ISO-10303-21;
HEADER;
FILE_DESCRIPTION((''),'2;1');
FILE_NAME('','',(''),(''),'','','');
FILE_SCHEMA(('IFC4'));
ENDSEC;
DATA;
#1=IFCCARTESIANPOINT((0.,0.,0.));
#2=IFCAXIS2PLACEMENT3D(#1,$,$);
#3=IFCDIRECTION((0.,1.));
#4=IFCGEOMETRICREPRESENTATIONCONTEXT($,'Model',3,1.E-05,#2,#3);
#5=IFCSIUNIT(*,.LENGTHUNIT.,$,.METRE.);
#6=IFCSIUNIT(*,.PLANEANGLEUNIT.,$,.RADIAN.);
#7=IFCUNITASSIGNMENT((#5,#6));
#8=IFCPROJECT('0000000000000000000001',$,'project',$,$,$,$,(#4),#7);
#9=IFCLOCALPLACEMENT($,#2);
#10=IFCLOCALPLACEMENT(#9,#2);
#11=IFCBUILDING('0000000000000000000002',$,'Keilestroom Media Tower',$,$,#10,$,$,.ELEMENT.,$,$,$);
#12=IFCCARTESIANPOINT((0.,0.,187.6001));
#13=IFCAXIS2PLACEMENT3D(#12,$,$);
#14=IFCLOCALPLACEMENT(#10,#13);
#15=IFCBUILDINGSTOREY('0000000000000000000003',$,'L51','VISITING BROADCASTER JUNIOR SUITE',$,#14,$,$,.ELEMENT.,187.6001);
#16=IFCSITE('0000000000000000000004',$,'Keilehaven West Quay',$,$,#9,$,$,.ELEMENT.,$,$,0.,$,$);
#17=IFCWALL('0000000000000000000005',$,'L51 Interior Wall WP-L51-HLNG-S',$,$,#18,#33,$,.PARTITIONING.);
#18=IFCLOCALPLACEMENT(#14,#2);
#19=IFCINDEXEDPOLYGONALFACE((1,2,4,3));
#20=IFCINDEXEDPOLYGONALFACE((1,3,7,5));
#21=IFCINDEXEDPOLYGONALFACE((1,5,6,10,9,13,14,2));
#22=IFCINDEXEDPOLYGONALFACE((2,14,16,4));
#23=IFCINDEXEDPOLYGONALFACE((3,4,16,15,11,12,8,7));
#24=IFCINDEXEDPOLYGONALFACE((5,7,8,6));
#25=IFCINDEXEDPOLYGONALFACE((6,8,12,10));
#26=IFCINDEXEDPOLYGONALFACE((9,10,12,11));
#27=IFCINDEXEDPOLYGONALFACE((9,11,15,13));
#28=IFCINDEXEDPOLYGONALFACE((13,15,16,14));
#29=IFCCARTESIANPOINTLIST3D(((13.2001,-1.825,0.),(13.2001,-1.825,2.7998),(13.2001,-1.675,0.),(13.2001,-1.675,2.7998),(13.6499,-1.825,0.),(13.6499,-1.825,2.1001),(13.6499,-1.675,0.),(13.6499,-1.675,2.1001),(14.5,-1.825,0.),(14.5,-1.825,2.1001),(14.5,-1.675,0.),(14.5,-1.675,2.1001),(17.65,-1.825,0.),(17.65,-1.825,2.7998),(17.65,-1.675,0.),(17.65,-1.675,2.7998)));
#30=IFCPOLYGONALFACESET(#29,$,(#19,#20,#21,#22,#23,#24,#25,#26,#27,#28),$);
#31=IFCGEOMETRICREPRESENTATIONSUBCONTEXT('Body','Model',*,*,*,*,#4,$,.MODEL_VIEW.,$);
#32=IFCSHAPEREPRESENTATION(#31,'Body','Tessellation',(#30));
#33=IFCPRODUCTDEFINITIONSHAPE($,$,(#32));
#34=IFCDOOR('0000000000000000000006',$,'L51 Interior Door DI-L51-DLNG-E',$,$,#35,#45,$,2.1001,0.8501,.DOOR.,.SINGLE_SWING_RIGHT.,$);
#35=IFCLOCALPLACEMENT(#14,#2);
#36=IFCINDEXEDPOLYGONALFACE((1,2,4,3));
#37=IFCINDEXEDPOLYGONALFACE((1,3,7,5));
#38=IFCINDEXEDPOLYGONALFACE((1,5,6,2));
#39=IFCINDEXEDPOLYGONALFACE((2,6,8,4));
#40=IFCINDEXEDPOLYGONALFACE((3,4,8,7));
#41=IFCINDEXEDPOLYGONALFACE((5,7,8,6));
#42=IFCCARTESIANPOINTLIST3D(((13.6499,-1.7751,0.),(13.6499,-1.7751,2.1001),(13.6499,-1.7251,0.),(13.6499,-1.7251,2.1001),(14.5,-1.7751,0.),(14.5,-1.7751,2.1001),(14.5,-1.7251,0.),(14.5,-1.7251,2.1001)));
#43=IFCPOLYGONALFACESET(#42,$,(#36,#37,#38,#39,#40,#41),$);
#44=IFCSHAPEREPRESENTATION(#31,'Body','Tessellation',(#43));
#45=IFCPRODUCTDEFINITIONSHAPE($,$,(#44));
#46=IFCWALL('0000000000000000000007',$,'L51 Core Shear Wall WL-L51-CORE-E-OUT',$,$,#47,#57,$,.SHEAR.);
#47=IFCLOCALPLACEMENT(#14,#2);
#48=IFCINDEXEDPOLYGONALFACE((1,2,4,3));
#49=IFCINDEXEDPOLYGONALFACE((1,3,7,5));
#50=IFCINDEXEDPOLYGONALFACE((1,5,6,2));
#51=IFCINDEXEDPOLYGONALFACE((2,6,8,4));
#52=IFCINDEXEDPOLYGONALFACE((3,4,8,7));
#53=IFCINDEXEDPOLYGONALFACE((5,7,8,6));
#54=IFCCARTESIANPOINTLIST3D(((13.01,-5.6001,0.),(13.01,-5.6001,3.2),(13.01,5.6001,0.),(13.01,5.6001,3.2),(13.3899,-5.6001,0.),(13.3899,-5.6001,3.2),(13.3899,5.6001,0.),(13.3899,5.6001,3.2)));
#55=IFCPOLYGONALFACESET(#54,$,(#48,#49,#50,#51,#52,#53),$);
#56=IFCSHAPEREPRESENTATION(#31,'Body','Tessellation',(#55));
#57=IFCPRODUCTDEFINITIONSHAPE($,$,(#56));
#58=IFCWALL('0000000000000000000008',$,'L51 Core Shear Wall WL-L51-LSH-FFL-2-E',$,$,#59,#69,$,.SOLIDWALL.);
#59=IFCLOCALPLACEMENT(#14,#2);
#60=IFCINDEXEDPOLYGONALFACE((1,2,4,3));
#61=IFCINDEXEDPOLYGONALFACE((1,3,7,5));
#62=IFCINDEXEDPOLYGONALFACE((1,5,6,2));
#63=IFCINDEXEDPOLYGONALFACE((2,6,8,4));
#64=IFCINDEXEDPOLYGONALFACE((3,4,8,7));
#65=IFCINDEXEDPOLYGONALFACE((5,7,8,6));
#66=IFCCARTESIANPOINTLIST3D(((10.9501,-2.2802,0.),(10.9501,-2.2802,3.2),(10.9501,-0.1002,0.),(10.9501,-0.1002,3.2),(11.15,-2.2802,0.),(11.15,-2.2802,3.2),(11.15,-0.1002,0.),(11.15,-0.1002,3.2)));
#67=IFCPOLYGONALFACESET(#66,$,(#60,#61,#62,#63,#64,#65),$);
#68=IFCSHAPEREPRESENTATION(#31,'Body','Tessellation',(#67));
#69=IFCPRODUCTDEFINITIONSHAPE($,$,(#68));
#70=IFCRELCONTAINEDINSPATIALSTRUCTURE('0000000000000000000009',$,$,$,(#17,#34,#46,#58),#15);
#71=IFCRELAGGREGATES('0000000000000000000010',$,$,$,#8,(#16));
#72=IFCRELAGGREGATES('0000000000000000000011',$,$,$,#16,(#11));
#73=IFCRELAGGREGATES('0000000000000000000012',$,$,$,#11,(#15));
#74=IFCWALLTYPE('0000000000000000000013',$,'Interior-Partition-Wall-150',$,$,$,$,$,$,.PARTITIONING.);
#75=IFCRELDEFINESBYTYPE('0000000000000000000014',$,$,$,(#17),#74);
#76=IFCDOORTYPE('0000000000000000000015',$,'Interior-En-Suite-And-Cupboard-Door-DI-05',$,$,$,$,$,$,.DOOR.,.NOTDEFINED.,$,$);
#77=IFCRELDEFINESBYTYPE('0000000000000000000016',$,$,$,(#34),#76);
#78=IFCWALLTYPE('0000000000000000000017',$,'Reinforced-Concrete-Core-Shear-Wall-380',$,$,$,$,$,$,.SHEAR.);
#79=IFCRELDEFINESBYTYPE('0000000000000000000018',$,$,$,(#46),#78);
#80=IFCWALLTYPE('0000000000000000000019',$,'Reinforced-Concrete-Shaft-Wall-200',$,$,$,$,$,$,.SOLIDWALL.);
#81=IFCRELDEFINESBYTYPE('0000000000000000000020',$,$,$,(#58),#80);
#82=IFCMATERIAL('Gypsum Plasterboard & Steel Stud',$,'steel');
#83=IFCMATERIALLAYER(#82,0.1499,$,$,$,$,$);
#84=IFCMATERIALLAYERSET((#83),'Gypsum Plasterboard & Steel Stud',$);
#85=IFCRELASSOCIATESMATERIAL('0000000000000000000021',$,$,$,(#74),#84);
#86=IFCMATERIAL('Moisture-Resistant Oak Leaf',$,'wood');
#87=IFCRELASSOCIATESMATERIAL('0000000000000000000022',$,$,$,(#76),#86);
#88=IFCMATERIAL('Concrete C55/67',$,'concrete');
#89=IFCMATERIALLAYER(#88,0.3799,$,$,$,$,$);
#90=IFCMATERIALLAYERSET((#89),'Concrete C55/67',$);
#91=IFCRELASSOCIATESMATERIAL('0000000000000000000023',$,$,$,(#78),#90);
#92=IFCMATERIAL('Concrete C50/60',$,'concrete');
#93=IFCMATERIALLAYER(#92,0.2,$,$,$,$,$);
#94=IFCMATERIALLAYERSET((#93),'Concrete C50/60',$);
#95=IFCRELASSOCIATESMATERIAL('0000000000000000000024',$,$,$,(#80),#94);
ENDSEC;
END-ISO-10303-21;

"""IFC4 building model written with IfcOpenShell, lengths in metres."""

from ifc_helpers import new_model, si_unit, direction, frame, frame_2d, origin, place, context, subcontext, project, spatial, rectangle, extrude, source, transform, mapped, material, layer, layer_set, type_object, element, fill, save


model = new_model("IFC4")

# Units and contexts
model_context = context("Model", 3, precision=1e-05, world=origin(), true_north=direction((0.0, 1.0)))
body_context = subcontext(model_context, "Body", "Model", "MODEL_VIEW")
ifc_project = project(units=[si_unit("LENGTHUNIT", "METRE"), si_unit("PLANEANGLEUNIT", "RADIAN")], contexts=[model_context])

# Site, building, storey
site_placement = place(None, origin())
site = spatial("IfcSite", under=ifc_project, at=site_placement, Name="Keilehaven West Quay", CompositionType="ELEMENT", RefElevation=0.0)
building_placement = place(site_placement, origin())
building = spatial("IfcBuilding", under=site, at=building_placement, Name="Keilestroom Media Tower", CompositionType="ELEMENT")
storey_placement = place(building_placement, frame((0.0, 0.0, 187.6001)))
storey = spatial("IfcBuildingStorey", under=building, at=storey_placement, Name="L51", Description="VISITING BROADCASTER JUNIOR SUITE", CompositionType="ELEMENT", Elevation=187.6001)

# Shared definitions
ifc_material_1 = material(Name="Concrete C55/67", Category="concrete")

# Shared definitions
ifc_material_2 = material(Name="Gypsum Plasterboard & Steel Stud", Category="steel")
ifc_layer_1 = layer(ifc_material_2, 0.1499)
ifc_layer_set_1 = layer_set([ifc_layer_1], Name="Gypsum Plasterboard & Steel Stud")
wall_type_1 = type_object("IfcWallType", Name="Interior-Partition-Wall-150", PredefinedType="PARTITIONING", material=ifc_layer_set_1)

# Wall, opening, door
ifc_material_3 = material(Name="Moisture-Resistant Oak Leaf", Category="wood")
door_type = type_object("IfcDoorType", Name="Interior-En-Suite-And-Cupboard-Door-DI-05", OperationType="NOTDEFINED", PredefinedType="DOOR", material=ifc_material_3)
shared_shape_1 = source(origin(), body_context, "Body", "SweptSolid", [
    extrude(rectangle(XDim=0.8501, YDim=2.1001, at=frame_2d((0.425, 1.05))), frame((0.0, 0.0249, 0.0), z_axis=(0.0, -1.0, 0.0), x_axis=(1.0, 0.0, 0.0)), (0.0, 0.0, 1.0), 0.05),
])
wall_1_placement = place(storey_placement, frame((13.2, -1.75, 0.0), z_axis=(0.0, 0.0, 1.0), x_axis=(1.0, 0.0, 0.0)))
wall_1 = element("IfcWall", 1, at=wall_1_placement, inside=storey, type_object=wall_type_1, Name="L51 Interior Wall WP-L51-HLNG-S", PredefinedType="PARTITIONING", context=body_context, shape_type="SweptSolid", body=[
    extrude(rectangle(XDim=4.45, YDim=0.1499, at=frame_2d((2.2251, 0.0))), origin(), (0.0, 0.0, 1.0), 2.7998),
])
opening_1_placement = place(wall_1_placement, frame((0.45, 0.0, 0.0)))
opening_1 = element("IfcOpeningElement", 2, at=opening_1_placement, cuts=wall_1, PredefinedType="OPENING", context=body_context, shape_type="SweptSolid", body=[
    extrude(rectangle(XDim=0.8501, YDim=2.1001, at=frame_2d((0.425, 1.05))), frame((0.0, 0.085, 0.0), z_axis=(0.0, -1.0, 0.0), x_axis=(1.0, 0.0, 0.0)), (0.0, 0.0, 1.0), 0.1699),
])
door_1_placement = place(opening_1_placement, origin())
door_1 = element("IfcDoor", 3, at=door_1_placement, inside=storey, type_object=door_type, Name="L51 Interior Door DI-L51-DLNG-E", OperationType="SINGLE_SWING_RIGHT", OverallHeight=2.1001, OverallWidth=0.8501, PredefinedType="DOOR", context=body_context, shape_type="MappedRepresentation", body=[
    mapped(shared_shape_1, transform((0.0, 0.0, 0.0), x_axis=(1.0, 0.0, 0.0), y_axis=(0.0, 1.0, 0.0), z_axis=(0.0, 0.0, 1.0), scale=1.0)),
])
fill(opening_1, door_1)

# Walls
ifc_layer_2 = layer(ifc_material_1, 0.3799)
ifc_layer_set_2 = layer_set([ifc_layer_2], Name="Concrete C55/67")
wall_type_2 = type_object("IfcWallType", Name="Reinforced-Concrete-Core-Shear-Wall-380", PredefinedType="SHEAR", material=ifc_layer_set_2)
wall_2_placement = place(storey_placement, frame((13.2, -5.6001, 0.0), z_axis=(0.0, 0.0, 1.0), x_axis=(0.0, 1.0, 0.0)))
element("IfcWall", 4, at=wall_2_placement, inside=storey, type_object=wall_type_2, Name="L51 Core Shear Wall WL-L51-CORE-E-OUT", PredefinedType="SHEAR", context=body_context, shape_type="SweptSolid", body=[
    extrude(rectangle(XDim=11.2002, YDim=0.3799, at=frame_2d((5.6001, 0.0))), origin(), (0.0, 0.0, 1.0), 3.2),
])
ifc_material_4 = material(Name="Concrete C50/60", Category="concrete")
ifc_layer_3 = layer(ifc_material_4, 0.2)
ifc_layer_set_3 = layer_set([ifc_layer_3], Name="Concrete C50/60")
wall_type_3 = type_object("IfcWallType", Name="Reinforced-Concrete-Shaft-Wall-200", PredefinedType="SOLIDWALL", material=ifc_layer_set_3)
wall_3_placement = place(storey_placement, frame((11.05, -2.28, 0.0), z_axis=(0.0, 0.0, 1.0), x_axis=(0.0, 1.0, 0.0)))
element("IfcWall", 5, at=wall_3_placement, inside=storey, type_object=wall_type_3, Name="L51 Core Shear Wall WL-L51-LSH-FFL-2-E", PredefinedType="SOLIDWALL", context=body_context, shape_type="SweptSolid", body=[
    extrude(rectangle(XDim=2.1799, YDim=0.2, at=frame_2d((1.0898, 0.0))), origin(), (0.0, 0.0, 1.0), 3.2),
])

save(model, "model.ifc")
